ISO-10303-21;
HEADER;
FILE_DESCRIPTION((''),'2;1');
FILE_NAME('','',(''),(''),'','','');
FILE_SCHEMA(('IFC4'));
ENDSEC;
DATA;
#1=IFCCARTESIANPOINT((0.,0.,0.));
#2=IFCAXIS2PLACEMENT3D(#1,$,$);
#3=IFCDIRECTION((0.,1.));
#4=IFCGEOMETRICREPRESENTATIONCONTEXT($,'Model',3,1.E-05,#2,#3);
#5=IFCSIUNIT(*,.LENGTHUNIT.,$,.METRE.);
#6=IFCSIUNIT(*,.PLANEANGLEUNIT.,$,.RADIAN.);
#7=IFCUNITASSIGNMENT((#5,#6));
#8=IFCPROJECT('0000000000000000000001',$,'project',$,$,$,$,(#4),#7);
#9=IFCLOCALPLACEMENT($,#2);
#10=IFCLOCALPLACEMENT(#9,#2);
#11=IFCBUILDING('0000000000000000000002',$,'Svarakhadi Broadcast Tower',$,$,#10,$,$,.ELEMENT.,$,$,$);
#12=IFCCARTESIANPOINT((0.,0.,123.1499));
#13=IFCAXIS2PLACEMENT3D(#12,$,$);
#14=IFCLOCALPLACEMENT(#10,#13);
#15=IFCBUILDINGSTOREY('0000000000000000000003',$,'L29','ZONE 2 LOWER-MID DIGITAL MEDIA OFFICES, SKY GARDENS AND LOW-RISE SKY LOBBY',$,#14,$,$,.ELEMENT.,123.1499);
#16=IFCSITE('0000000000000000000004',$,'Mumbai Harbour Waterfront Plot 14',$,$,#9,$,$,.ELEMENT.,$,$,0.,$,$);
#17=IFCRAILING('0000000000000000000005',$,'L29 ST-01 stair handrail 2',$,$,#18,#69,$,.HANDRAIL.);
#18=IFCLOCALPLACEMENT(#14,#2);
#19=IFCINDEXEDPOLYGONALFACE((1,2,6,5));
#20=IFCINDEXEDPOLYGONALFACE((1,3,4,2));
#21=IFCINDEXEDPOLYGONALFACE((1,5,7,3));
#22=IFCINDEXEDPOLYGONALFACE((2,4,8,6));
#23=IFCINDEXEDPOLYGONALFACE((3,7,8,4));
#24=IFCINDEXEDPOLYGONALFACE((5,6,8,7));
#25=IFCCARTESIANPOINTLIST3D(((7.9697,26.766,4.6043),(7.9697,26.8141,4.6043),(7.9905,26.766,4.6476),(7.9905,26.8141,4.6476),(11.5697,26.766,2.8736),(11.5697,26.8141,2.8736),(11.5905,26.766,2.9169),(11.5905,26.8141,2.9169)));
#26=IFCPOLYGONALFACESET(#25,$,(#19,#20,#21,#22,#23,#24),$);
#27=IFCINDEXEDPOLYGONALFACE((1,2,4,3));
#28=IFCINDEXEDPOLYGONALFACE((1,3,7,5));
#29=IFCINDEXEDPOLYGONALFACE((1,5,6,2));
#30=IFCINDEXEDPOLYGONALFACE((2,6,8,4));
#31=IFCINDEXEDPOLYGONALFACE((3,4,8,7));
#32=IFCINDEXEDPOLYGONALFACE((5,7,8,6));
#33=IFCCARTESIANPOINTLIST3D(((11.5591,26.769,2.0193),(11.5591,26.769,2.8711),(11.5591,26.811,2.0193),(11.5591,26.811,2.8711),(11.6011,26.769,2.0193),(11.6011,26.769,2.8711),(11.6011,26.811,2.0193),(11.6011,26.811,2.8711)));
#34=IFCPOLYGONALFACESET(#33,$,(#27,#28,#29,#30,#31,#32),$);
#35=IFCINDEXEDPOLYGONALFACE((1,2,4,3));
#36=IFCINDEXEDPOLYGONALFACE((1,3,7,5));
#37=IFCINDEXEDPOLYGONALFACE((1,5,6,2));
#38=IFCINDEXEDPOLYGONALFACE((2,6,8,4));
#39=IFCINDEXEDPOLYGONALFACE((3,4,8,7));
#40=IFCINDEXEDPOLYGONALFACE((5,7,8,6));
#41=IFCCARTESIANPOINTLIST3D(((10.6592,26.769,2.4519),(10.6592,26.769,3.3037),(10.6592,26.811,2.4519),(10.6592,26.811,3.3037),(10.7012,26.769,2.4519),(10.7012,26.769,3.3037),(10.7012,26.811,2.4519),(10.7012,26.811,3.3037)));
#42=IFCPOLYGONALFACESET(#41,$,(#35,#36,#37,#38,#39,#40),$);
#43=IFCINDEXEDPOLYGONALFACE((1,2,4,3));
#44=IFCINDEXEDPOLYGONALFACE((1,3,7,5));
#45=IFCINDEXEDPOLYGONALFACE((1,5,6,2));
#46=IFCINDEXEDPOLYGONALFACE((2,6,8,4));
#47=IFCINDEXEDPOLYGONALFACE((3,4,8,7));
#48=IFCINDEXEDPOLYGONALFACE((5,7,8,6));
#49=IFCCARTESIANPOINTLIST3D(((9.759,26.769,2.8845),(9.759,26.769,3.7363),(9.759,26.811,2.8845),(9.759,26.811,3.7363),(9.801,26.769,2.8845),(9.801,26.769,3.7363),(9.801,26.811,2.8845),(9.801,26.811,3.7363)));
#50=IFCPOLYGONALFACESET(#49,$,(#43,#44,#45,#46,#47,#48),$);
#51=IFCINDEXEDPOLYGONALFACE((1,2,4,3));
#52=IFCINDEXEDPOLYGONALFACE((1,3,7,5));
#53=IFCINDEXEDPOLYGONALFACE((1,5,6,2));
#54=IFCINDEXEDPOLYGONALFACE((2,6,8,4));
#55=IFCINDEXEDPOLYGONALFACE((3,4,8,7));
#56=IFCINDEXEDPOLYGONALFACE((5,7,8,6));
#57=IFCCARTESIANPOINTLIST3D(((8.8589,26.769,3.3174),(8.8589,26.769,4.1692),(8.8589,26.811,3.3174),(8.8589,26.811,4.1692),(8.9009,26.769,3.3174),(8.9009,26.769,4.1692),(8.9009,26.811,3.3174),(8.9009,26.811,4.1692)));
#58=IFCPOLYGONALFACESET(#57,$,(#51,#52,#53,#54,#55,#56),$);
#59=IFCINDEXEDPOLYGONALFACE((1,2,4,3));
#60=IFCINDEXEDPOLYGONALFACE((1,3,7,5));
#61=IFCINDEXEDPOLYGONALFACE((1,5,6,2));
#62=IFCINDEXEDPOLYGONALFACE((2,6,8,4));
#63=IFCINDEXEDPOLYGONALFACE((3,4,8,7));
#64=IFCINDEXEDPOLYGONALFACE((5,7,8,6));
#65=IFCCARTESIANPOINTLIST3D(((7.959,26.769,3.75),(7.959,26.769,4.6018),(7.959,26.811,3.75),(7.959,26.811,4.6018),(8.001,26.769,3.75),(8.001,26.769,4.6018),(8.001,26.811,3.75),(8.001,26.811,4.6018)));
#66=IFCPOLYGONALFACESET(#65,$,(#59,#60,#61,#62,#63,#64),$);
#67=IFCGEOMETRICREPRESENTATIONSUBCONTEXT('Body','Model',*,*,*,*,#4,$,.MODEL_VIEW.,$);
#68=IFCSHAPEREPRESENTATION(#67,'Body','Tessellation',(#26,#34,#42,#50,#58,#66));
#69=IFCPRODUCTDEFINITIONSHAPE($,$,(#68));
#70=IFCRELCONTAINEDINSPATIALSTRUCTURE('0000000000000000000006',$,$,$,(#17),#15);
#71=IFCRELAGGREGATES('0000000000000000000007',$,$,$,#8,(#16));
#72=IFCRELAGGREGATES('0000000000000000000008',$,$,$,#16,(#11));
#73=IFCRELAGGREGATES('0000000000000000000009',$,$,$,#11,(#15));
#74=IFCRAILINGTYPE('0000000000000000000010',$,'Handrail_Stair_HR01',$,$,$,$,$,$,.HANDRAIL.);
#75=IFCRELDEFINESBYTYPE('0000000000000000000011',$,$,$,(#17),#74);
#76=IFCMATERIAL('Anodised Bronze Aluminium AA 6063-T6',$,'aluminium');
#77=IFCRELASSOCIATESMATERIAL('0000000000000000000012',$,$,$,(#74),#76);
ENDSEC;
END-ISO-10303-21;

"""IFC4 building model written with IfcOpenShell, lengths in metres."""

from ifc_helpers import new_model, si_unit, direction, frame, origin, origin_2d, place, context, subcontext, project, spatial, rectangle, extrude, material, type_object, element, save


model = new_model("IFC4")

# Units and contexts
model_context = context("Model", 3, precision=1e-05, world=origin(), true_north=direction((0.0, 1.0)))
body_context = subcontext(model_context, "Body", "Model", "MODEL_VIEW")
ifc_project = project(units=[si_unit("LENGTHUNIT", "METRE"), si_unit("PLANEANGLEUNIT", "RADIAN")], contexts=[model_context])

# Site, building, storey
site_placement = place(None, origin())
site = spatial("IfcSite", under=ifc_project, at=site_placement, Name="Mumbai Harbour Waterfront Plot 14", CompositionType="ELEMENT", RefElevation=0.0)
building_placement = place(site_placement, origin())
building = spatial("IfcBuilding", under=site, at=building_placement, Name="Svarakhadi Broadcast Tower", CompositionType="ELEMENT")
storey_placement = place(building_placement, frame((0.0, 0.0, 123.1499)))
storey = spatial("IfcBuildingStorey", under=building, at=storey_placement, Name="L29", Description="ZONE 2 LOWER-MID DIGITAL MEDIA OFFICES, SKY GARDENS AND LOW-RISE SKY LOBBY", CompositionType="ELEMENT", Elevation=123.1499)

# Railing
ifc_material_1 = material(Name="Anodised Bronze Aluminium AA 6063-T6", Category="aluminium")
railing_type_1 = type_object("IfcRailingType", Name="Handrail_Stair_HR01", PredefinedType="HANDRAIL", material=ifc_material_1)
railing_1_placement = place(storey_placement, frame((11.5801, 26.79, 2.0193)))
element("IfcRailing", 1, at=railing_1_placement, inside=storey, type_object=railing_type_1, Name="L29 ST-01 stair handrail 2", PredefinedType="HANDRAIL", context=body_context, shape_type="SweptSolid", body=[
    extrude(rectangle(XDim=0.0481, YDim=0.0481, at=origin_2d()), frame((0.0, 0.0, 0.876), z_axis=(-0.901263, 0.0, 0.433273), x_axis=(0.0, -1.0, 0.0)), (0.0, 0.0, 1.0), 3.9944),
    extrude(rectangle(XDim=0.042, YDim=0.042, at=origin_2d()), origin(), (0.0, 0.0, 1.0), 0.8518),
    extrude(rectangle(XDim=0.042, YDim=0.042, at=origin_2d()), frame((-0.8999, 0.0, 0.4326)), (0.0, 0.0, 1.0), 0.8518),
    extrude(rectangle(XDim=0.042, YDim=0.042, at=origin_2d()), frame((-1.8, 0.0, 0.8652)), (0.0, 0.0, 1.0), 0.8518),
    extrude(rectangle(XDim=0.042, YDim=0.042, at=origin_2d()), frame((-2.7002, 0.0, 1.2981)), (0.0, 0.0, 1.0), 0.8518),
    extrude(rectangle(XDim=0.042, YDim=0.042, at=origin_2d()), frame((-3.6001, 0.0, 1.7307)), (0.0, 0.0, 1.0), 0.8518),
])

save(model, "model.ifc")
